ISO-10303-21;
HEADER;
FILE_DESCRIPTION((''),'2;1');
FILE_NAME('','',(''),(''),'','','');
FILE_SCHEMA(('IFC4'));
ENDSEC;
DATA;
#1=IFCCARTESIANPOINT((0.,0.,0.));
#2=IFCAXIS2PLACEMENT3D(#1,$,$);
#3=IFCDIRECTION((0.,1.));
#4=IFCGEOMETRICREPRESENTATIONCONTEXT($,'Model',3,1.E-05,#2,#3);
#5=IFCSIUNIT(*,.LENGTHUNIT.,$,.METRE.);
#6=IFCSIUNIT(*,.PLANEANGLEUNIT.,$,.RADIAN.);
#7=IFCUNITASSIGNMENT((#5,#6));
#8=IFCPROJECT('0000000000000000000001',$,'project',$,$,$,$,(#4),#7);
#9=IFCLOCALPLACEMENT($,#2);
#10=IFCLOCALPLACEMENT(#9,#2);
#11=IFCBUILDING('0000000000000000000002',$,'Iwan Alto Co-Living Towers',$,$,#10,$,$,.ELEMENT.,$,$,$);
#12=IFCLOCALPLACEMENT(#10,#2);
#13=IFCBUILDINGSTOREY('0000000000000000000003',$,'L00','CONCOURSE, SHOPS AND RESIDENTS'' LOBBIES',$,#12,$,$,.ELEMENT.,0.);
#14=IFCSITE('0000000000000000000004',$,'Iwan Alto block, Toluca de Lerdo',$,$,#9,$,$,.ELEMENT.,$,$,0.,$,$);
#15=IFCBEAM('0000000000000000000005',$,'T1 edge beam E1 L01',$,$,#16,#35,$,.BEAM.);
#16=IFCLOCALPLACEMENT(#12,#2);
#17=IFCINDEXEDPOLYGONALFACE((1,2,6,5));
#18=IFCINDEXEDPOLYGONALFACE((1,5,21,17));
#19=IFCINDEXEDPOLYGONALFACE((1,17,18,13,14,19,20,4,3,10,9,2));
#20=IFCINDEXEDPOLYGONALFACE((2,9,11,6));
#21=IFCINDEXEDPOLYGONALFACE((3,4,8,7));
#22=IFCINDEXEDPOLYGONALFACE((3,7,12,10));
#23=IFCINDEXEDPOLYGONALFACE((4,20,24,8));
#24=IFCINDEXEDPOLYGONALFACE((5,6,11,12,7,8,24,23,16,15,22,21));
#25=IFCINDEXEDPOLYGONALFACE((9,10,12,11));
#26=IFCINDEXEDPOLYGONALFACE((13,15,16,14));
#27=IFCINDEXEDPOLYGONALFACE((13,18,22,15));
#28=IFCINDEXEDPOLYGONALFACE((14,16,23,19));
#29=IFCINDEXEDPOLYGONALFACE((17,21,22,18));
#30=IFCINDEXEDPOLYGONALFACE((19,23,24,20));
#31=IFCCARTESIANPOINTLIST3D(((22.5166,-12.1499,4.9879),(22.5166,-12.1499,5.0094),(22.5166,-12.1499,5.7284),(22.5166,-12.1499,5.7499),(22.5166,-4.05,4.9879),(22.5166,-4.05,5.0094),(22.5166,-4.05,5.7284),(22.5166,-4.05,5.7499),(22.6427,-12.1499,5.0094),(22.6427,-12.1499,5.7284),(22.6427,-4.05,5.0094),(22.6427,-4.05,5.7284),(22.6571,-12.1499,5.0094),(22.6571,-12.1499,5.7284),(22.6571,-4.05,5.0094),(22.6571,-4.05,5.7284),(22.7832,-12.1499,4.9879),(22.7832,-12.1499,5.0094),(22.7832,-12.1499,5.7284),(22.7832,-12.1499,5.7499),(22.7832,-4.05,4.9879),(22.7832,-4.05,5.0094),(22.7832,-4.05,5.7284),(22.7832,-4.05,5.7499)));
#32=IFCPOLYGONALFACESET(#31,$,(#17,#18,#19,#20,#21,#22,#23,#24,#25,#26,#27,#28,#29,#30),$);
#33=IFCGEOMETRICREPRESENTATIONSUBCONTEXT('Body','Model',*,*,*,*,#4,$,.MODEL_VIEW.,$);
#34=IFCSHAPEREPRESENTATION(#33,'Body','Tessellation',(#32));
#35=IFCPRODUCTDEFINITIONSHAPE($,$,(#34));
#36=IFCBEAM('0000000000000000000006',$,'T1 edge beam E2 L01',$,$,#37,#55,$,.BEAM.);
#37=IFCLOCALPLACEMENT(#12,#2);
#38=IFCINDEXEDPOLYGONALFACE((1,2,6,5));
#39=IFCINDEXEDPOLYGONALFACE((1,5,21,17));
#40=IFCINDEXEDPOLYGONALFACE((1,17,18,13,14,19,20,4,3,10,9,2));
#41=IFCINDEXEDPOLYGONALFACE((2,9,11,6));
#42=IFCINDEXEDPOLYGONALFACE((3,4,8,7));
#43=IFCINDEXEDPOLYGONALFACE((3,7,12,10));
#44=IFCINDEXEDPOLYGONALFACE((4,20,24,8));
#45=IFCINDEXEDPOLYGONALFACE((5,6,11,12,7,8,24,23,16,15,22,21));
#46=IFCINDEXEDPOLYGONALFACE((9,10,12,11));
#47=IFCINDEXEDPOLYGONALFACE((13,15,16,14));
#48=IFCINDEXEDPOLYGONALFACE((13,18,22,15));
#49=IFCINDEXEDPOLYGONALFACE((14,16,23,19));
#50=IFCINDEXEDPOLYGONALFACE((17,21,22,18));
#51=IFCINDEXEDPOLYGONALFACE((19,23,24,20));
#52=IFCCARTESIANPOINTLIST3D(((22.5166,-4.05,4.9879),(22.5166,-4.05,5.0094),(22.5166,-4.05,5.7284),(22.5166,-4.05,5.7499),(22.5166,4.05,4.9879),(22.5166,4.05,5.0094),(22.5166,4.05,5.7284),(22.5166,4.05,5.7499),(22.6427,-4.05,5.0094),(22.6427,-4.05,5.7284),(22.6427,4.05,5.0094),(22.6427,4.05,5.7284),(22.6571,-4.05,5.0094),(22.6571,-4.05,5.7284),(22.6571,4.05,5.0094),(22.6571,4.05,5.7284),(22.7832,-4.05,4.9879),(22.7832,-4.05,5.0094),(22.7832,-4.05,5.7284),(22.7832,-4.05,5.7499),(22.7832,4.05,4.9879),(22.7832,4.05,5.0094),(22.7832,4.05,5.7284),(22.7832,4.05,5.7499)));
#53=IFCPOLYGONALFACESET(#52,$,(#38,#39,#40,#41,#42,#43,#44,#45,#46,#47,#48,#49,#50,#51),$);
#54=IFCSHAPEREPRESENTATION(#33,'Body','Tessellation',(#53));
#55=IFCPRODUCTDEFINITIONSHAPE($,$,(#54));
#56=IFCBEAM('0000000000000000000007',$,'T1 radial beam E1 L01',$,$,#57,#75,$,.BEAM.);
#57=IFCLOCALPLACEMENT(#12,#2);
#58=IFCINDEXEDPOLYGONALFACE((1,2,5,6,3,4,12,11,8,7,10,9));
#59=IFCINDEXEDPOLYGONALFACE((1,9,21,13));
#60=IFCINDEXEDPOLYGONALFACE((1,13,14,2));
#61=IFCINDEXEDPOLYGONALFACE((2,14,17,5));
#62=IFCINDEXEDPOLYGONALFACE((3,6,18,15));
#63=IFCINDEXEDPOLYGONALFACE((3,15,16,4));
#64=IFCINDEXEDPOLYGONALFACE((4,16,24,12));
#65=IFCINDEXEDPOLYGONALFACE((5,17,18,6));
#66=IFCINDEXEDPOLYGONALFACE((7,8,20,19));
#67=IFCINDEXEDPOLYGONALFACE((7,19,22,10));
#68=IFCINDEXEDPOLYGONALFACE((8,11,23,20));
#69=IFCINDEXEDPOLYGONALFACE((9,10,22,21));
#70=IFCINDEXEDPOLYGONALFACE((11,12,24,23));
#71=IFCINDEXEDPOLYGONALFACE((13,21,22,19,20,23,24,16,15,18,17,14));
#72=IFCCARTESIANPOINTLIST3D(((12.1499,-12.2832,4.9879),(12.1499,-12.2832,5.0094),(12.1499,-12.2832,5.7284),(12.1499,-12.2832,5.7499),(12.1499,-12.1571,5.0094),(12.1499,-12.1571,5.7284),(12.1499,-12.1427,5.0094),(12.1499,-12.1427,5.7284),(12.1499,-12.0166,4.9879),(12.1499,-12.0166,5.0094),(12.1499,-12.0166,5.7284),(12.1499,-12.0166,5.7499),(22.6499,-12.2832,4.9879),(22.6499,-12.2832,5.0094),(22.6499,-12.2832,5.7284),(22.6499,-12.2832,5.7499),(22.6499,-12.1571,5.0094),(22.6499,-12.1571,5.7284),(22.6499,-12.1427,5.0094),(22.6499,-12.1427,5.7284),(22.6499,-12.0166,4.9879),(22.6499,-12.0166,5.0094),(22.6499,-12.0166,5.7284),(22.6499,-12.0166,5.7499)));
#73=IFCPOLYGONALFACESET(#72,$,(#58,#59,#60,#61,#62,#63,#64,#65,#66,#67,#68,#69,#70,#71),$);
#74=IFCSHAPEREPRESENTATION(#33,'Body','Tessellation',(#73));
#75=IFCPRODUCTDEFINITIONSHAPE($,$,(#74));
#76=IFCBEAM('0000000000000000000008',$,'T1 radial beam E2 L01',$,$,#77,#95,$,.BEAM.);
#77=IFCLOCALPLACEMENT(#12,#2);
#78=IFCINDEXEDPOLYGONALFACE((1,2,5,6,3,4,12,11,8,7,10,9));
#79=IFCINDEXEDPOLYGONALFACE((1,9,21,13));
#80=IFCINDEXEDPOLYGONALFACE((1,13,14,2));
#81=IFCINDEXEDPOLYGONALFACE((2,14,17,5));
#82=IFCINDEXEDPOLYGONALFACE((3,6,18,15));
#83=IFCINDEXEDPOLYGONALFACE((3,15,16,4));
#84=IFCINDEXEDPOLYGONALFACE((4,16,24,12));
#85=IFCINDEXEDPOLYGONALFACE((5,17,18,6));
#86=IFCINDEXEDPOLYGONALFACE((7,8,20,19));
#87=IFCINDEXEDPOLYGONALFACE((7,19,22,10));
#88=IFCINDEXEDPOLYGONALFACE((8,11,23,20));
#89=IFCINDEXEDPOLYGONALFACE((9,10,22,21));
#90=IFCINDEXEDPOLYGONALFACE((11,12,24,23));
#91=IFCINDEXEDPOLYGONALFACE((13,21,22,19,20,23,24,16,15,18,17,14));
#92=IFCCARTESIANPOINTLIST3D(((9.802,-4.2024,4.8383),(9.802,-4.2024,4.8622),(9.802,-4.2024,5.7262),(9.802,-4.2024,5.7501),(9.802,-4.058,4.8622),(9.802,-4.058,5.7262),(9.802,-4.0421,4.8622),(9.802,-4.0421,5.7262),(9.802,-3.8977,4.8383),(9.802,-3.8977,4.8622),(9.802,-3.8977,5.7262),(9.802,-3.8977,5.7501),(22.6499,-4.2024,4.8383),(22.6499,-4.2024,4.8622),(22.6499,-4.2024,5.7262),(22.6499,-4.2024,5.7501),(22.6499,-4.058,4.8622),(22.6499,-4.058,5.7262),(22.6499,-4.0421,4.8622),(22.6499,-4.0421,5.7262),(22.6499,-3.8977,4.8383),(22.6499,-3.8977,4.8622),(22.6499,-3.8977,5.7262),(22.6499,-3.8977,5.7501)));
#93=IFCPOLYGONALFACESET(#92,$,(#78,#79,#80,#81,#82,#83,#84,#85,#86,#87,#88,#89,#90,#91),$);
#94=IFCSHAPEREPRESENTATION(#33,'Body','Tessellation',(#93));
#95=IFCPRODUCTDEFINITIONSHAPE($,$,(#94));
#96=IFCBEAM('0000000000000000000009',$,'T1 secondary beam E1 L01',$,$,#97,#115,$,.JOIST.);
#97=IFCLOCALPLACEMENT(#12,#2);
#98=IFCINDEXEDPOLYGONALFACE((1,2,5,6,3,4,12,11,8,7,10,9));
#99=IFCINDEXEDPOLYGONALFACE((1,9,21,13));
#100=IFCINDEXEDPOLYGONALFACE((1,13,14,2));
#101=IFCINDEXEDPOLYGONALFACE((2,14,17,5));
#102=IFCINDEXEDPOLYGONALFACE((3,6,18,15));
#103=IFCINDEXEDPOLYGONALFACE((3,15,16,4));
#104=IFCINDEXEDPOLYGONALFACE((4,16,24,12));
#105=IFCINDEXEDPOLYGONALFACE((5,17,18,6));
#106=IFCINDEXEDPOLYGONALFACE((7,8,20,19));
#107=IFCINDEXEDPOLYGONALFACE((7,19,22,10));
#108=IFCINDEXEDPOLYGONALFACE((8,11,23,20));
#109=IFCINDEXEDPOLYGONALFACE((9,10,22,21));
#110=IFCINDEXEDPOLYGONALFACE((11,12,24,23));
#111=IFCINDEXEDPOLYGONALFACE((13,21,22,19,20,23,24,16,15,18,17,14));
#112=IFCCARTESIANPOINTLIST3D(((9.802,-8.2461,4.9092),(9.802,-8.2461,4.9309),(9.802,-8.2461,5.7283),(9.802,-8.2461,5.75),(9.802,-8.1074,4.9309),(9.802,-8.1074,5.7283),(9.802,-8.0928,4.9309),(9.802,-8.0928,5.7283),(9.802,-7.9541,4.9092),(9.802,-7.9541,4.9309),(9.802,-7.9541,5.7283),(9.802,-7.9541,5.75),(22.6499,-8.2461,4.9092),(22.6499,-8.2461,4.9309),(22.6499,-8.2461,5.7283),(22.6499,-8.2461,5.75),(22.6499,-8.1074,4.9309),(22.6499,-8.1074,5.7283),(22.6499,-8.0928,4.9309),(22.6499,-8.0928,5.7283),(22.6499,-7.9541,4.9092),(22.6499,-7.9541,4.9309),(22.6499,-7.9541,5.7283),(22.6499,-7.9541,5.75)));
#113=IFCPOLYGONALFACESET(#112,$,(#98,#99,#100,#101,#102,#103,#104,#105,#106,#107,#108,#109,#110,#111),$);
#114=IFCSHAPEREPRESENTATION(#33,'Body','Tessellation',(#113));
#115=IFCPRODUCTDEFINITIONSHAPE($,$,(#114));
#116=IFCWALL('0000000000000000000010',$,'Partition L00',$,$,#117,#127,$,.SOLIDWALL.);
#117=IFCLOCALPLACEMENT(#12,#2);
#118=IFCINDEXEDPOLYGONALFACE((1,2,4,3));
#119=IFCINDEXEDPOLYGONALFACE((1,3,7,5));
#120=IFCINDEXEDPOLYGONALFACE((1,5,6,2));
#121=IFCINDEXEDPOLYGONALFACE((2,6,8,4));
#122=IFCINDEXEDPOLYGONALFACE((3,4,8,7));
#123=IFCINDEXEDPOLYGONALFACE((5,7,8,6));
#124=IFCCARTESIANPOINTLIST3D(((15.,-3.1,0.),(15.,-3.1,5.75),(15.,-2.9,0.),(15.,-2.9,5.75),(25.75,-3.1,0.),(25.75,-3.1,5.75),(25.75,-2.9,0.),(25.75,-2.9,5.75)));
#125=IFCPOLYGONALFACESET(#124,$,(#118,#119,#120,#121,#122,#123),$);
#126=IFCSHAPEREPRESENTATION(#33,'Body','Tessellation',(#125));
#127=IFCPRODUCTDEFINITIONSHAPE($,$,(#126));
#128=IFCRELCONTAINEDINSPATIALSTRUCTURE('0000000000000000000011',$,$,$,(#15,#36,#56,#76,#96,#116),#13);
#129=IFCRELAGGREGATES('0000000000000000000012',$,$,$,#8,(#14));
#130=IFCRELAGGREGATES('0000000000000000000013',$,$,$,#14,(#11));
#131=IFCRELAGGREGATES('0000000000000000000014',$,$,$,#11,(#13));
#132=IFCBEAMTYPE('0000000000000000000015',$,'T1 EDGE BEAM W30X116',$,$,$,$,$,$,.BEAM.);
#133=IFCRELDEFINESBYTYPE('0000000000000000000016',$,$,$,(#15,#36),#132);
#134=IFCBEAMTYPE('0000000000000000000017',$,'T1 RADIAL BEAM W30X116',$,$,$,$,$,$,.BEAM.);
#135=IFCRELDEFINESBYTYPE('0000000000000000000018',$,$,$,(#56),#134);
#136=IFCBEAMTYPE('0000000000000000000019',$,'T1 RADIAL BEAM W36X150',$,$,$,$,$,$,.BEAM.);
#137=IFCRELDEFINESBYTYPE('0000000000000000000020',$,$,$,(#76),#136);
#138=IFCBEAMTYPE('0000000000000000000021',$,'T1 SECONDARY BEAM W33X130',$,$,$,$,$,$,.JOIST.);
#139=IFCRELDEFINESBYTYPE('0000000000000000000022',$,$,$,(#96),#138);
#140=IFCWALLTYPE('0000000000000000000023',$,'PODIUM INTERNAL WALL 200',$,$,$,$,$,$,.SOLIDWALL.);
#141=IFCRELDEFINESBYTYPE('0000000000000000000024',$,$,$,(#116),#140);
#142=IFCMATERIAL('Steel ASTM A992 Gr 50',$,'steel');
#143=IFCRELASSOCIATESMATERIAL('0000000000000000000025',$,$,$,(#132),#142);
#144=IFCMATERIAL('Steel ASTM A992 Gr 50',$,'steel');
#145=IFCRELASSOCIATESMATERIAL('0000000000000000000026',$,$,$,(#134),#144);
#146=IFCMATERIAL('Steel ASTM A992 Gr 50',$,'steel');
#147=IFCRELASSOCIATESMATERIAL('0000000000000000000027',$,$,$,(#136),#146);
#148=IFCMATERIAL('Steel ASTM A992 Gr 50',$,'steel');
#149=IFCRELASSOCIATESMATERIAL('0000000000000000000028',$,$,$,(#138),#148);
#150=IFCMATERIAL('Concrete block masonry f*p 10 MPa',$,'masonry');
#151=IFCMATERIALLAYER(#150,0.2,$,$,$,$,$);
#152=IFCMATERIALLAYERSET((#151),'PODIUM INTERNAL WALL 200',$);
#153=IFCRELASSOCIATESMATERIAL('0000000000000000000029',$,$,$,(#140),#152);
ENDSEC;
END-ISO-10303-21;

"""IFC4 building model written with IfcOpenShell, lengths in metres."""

from ifc_helpers import new_model, si_unit, direction, frame, frame_2d, origin, origin_2d, place, context, subcontext, project, spatial, rectangle, i_section, extrude, material, layer, layer_set, material_profile, profile_set, type_object, element, save


model = new_model("IFC4")

# Units and contexts
model_context = context("Model", 3, precision=1e-05, world=origin(), true_north=direction((0.0, 1.0)))
body_context = subcontext(model_context, "Body", "Model", "MODEL_VIEW")
ifc_project = project(units=[si_unit("LENGTHUNIT", "METRE"), si_unit("PLANEANGLEUNIT", "RADIAN")], contexts=[model_context])

# Site, building, storey
site_placement = place(None, origin())
site = spatial("IfcSite", under=ifc_project, at=site_placement, Name="Iwan Alto block, Toluca de Lerdo", CompositionType="ELEMENT", RefElevation=0.0)
building_placement = place(site_placement, origin())
building = spatial("IfcBuilding", under=site, at=building_placement, Name="Iwan Alto Co-Living Towers", CompositionType="ELEMENT")
storey_placement = place(building_placement, origin())
storey = spatial("IfcBuildingStorey", under=building, at=storey_placement, Name="L00", Description="CONCOURSE, SHOPS AND RESIDENTS' LOBBIES", CompositionType="ELEMENT", Elevation=0.0)

# Beams
ifc_material_1 = material(Name="Steel ASTM A992 Gr 50", Category="steel")
ifc_material_profile_1 = material_profile(ifc_material_1, i_section(OverallWidth=0.2666, OverallDepth=0.762, WebThickness=0.0144, FlangeThickness=0.0215, at=origin_2d()), Name="W30X116")
ifc_profile_set_1 = profile_set([ifc_material_profile_1], Name="Steel ASTM A992 Gr 50")
beam_type_1 = type_object("IfcBeamType", Name="T1 EDGE BEAM W30X116", PredefinedType="BEAM", material=ifc_profile_set_1)
beam_1_placement = place(storey_placement, frame((22.6499, -12.1499, 5.3689), z_axis=(0.0, 1.0, 0.0), x_axis=(-1.0, 0.0, 0.0)))
element("IfcBeam", 1, at=beam_1_placement, inside=storey, type_object=beam_type_1, Name="T1 edge beam E1 L01", PredefinedType="BEAM", context=body_context, shape_type="SweptSolid", body=[
    extrude(i_section(OverallWidth=0.2666, OverallDepth=0.762, WebThickness=0.0144, FlangeThickness=0.0215, at=origin_2d()), origin(), (0.0, 0.0, 1.0), 8.0999),
])
beam_2_placement = place(storey_placement, frame((22.6499, -4.05, 5.3689), z_axis=(0.0, 1.0, 0.0), x_axis=(-1.0, 0.0, 0.0)))
element("IfcBeam", 2, at=beam_2_placement, inside=storey, type_object=beam_type_1, Name="T1 edge beam E2 L01", PredefinedType="BEAM", context=body_context, shape_type="SweptSolid", body=[
    extrude(i_section(OverallWidth=0.2666, OverallDepth=0.762, WebThickness=0.0144, FlangeThickness=0.0215, at=origin_2d()), origin(), (0.0, 0.0, 1.0), 8.1001),
])
ifc_material_2 = material(Name="Steel ASTM A992 Gr 50", Category="steel")
ifc_material_profile_2 = material_profile(ifc_material_2, i_section(OverallWidth=0.2666, OverallDepth=0.762, WebThickness=0.0144, FlangeThickness=0.0215, at=origin_2d()), Name="W30X116")
ifc_profile_set_2 = profile_set([ifc_material_profile_2], Name="Steel ASTM A992 Gr 50")
beam_type_2 = type_object("IfcBeamType", Name="T1 RADIAL BEAM W30X116", PredefinedType="BEAM", material=ifc_profile_set_2)
beam_3_placement = place(storey_placement, frame((22.6499, -12.1499, 5.3689), z_axis=(-1.0, 0.0, 0.0), x_axis=(0.0, -1.0, 0.0)))
element("IfcBeam", 3, at=beam_3_placement, inside=storey, type_object=beam_type_2, Name="T1 radial beam E1 L01", PredefinedType="BEAM", context=body_context, shape_type="SweptSolid", body=[
    extrude(i_section(OverallWidth=0.2666, OverallDepth=0.762, WebThickness=0.0144, FlangeThickness=0.0215, at=origin_2d()), origin(), (0.0, 0.0, 1.0), 10.5),
])
ifc_material_3 = material(Name="Steel ASTM A992 Gr 50", Category="steel")
ifc_material_profile_3 = material_profile(ifc_material_3, i_section(OverallWidth=0.3047, OverallDepth=0.9119, WebThickness=0.0159, FlangeThickness=0.0239, at=origin_2d()), Name="W36X150")
ifc_profile_set_3 = profile_set([ifc_material_profile_3], Name="Steel ASTM A992 Gr 50")
beam_type_3 = type_object("IfcBeamType", Name="T1 RADIAL BEAM W36X150", PredefinedType="BEAM", material=ifc_profile_set_3)
beam_4_placement = place(storey_placement, frame((22.6499, -4.05, 5.2942), z_axis=(-1.0, 0.0, 0.0), x_axis=(0.0, -1.0, 0.0)))
element("IfcBeam", 4, at=beam_4_placement, inside=storey, type_object=beam_type_3, Name="T1 radial beam E2 L01", PredefinedType="BEAM", context=body_context, shape_type="SweptSolid", body=[
    extrude(i_section(OverallWidth=0.3047, OverallDepth=0.9119, WebThickness=0.0159, FlangeThickness=0.0239, at=origin_2d()), origin(), (0.0, 0.0, 1.0), 12.8479),
])
ifc_material_4 = material(Name="Steel ASTM A992 Gr 50", Category="steel")
ifc_material_profile_4 = material_profile(ifc_material_4, i_section(OverallWidth=0.292, OverallDepth=0.8408, WebThickness=0.0146, FlangeThickness=0.0217, at=origin_2d()), Name="W33X130")
ifc_profile_set_4 = profile_set([ifc_material_profile_4], Name="Steel ASTM A992 Gr 50")
beam_type_4 = type_object("IfcBeamType", Name="T1 SECONDARY BEAM W33X130", PredefinedType="JOIST", material=ifc_profile_set_4)
beam_5_placement = place(storey_placement, frame((22.6499, -8.1001, 5.3296), z_axis=(-1.0, 0.0, 0.0), x_axis=(0.0, -1.0, 0.0)))
element("IfcBeam", 5, at=beam_5_placement, inside=storey, type_object=beam_type_4, Name="T1 secondary beam E1 L01", PredefinedType="JOIST", context=body_context, shape_type="SweptSolid", body=[
    extrude(i_section(OverallWidth=0.292, OverallDepth=0.8408, WebThickness=0.0146, FlangeThickness=0.0217, at=origin_2d()), origin(), (0.0, 0.0, 1.0), 12.8479),
])

# Wall
ifc_material_5 = material(Name="Concrete block masonry f*p 10 MPa", Category="masonry")
ifc_layer = layer(ifc_material_5, 0.2)
ifc_layer_set = layer_set([ifc_layer], Name="PODIUM INTERNAL WALL 200")
wall_type = type_object("IfcWallType", Name="PODIUM INTERNAL WALL 200", PredefinedType="SOLIDWALL", material=ifc_layer_set)
wall_placement = place(storey_placement, frame((15.0, -3.0, 0.0), z_axis=(0.0, 0.0, 1.0), x_axis=(1.0, 0.0, 0.0)))
element("IfcWall", 6, at=wall_placement, inside=storey, type_object=wall_type, Name="Partition L00", PredefinedType="SOLIDWALL", context=body_context, shape_type="SweptSolid", body=[
    extrude(rectangle(XDim=10.75, YDim=0.2, at=frame_2d((5.375, 0.0))), origin(), (0.0, 0.0, 1.0), 5.75),
])

save(model, "model.ifc")
